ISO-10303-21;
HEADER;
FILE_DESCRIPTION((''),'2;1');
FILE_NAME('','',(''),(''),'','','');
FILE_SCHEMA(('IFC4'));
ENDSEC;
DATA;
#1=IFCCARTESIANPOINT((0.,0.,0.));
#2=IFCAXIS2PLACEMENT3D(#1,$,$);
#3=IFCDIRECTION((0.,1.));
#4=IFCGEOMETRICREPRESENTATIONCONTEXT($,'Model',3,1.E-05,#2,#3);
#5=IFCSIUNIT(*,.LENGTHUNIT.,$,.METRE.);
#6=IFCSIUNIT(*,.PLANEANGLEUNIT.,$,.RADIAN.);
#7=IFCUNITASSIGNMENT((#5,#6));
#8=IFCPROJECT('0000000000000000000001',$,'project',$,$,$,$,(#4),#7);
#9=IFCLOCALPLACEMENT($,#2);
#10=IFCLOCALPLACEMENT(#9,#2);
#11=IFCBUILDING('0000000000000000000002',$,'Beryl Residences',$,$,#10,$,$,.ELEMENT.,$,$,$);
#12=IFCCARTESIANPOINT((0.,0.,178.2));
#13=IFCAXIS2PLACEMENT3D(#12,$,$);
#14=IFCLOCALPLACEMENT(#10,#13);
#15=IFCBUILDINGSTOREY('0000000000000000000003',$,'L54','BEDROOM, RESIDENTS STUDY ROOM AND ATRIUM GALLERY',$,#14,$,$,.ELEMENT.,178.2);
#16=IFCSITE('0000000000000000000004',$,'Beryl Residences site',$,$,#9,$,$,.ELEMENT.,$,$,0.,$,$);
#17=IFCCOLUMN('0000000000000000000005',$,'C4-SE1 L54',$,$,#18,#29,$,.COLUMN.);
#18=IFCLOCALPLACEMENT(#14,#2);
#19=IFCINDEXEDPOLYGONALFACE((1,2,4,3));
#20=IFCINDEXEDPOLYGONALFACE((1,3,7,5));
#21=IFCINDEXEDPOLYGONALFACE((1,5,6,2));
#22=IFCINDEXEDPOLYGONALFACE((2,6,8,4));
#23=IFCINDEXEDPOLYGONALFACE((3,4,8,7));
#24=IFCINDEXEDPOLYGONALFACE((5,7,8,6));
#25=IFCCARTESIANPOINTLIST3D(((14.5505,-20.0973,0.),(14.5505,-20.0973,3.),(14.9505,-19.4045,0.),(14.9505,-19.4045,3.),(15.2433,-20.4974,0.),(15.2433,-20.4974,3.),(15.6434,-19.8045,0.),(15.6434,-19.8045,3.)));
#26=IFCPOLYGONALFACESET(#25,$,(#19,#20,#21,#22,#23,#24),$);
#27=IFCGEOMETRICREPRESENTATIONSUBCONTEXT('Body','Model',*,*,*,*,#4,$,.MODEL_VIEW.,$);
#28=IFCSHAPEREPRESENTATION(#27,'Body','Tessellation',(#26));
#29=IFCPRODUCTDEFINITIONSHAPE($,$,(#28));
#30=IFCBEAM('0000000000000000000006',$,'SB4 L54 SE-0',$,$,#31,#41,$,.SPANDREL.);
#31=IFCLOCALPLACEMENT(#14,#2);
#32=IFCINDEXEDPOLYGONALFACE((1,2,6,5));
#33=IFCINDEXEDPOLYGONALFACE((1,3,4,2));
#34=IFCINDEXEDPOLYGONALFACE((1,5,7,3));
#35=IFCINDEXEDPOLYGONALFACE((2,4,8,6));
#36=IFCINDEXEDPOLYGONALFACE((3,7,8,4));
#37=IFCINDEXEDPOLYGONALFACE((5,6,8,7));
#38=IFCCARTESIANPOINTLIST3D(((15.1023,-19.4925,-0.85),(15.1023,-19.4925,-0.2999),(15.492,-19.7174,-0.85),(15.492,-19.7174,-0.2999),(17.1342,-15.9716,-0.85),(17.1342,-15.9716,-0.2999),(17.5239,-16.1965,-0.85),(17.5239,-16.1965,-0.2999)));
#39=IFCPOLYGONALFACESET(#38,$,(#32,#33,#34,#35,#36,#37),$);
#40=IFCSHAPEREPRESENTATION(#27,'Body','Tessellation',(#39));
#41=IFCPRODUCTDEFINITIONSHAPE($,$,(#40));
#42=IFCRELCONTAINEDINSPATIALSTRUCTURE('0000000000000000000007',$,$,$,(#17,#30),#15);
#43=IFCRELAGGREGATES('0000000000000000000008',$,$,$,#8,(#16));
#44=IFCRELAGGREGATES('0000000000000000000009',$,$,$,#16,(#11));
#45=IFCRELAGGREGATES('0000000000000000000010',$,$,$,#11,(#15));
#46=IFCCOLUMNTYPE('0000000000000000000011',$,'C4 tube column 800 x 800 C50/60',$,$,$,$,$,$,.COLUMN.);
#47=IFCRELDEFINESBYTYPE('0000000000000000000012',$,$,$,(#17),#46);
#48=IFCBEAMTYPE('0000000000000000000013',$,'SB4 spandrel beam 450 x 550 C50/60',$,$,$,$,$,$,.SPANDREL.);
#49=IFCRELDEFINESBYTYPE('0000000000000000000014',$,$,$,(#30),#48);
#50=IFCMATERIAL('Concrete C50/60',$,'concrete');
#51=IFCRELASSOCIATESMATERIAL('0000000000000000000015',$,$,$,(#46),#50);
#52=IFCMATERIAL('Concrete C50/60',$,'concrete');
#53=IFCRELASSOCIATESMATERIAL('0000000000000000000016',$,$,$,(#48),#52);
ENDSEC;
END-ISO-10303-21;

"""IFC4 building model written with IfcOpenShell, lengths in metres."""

from ifc_helpers import new_model, si_unit, direction, frame, origin, origin_2d, place, context, subcontext, project, spatial, rectangle, extrude, material, material_profile, profile_set, type_object, element, save


model = new_model("IFC4")

# Units and contexts
model_context = context("Model", 3, precision=1e-05, world=origin(), true_north=direction((0.0, 1.0)))
body_context = subcontext(model_context, "Body", "Model", "MODEL_VIEW")
ifc_project = project(units=[si_unit("LENGTHUNIT", "METRE"), si_unit("PLANEANGLEUNIT", "RADIAN")], contexts=[model_context])

# Site, building, storey
site_placement = place(None, origin())
site = spatial("IfcSite", under=ifc_project, at=site_placement, Name="Beryl Residences site", CompositionType="ELEMENT", RefElevation=0.0)
building_placement = place(site_placement, origin())
building = spatial("IfcBuilding", under=site, at=building_placement, Name="Beryl Residences", CompositionType="ELEMENT")
storey_placement = place(building_placement, frame((0.0, 0.0, 178.2)))
storey = spatial("IfcBuildingStorey", under=building, at=storey_placement, Name="L54", Description="BEDROOM, RESIDENTS STUDY ROOM AND ATRIUM GALLERY", CompositionType="ELEMENT", Elevation=178.2)

# Column
ifc_material_1 = material(Name="Concrete C50/60", Category="concrete")
ifc_material_profile_1 = material_profile(ifc_material_1, rectangle(XDim=0.8, YDim=0.8, at=origin_2d()))
ifc_profile_set_1 = profile_set([ifc_material_profile_1], Name="Concrete C50/60")
column_type = type_object("IfcColumnType", Name="C4 tube column 800 x 800 C50/60", PredefinedType="COLUMN", material=ifc_profile_set_1)
column_placement = place(storey_placement, frame((15.0969, -19.9509, 0.0), z_axis=(0.0, 0.0, 1.0), x_axis=(0.5, 0.866025, 0.0)))
element("IfcColumn", 1, at=column_placement, inside=storey, type_object=column_type, Name="C4-SE1 L54", PredefinedType="COLUMN", context=body_context, shape_type="SweptSolid", body=[
    extrude(rectangle(XDim=0.8, YDim=0.8, at=origin_2d()), origin(), (0.0, 0.0, 1.0), 3.0),
])

# Beam
ifc_material_2 = material(Name="Concrete C50/60", Category="concrete")
ifc_material_profile_2 = material_profile(ifc_material_2, rectangle(XDim=0.45, YDim=0.55, at=origin_2d()))
ifc_profile_set_2 = profile_set([ifc_material_profile_2], Name="Concrete C50/60")
beam_type = type_object("IfcBeamType", Name="SB4 spandrel beam 450 x 550 C50/60", PredefinedType="SPANDREL", material=ifc_profile_set_2)
beam_placement = place(storey_placement, frame((15.2971, -19.605, -0.575), z_axis=(0.49984, 0.866118, 0.0), x_axis=(-0.866118, 0.49984, 0.0)))
element("IfcBeam", 2, at=beam_placement, inside=storey, type_object=beam_type, Name="SB4 L54 SE-0", PredefinedType="SPANDREL", context=body_context, shape_type="SweptSolid", body=[
    extrude(rectangle(XDim=0.45, YDim=0.55, at=origin_2d()), origin(), (0.0, 0.0, 1.0), 4.0652),
])

save(model, "model.ifc")
